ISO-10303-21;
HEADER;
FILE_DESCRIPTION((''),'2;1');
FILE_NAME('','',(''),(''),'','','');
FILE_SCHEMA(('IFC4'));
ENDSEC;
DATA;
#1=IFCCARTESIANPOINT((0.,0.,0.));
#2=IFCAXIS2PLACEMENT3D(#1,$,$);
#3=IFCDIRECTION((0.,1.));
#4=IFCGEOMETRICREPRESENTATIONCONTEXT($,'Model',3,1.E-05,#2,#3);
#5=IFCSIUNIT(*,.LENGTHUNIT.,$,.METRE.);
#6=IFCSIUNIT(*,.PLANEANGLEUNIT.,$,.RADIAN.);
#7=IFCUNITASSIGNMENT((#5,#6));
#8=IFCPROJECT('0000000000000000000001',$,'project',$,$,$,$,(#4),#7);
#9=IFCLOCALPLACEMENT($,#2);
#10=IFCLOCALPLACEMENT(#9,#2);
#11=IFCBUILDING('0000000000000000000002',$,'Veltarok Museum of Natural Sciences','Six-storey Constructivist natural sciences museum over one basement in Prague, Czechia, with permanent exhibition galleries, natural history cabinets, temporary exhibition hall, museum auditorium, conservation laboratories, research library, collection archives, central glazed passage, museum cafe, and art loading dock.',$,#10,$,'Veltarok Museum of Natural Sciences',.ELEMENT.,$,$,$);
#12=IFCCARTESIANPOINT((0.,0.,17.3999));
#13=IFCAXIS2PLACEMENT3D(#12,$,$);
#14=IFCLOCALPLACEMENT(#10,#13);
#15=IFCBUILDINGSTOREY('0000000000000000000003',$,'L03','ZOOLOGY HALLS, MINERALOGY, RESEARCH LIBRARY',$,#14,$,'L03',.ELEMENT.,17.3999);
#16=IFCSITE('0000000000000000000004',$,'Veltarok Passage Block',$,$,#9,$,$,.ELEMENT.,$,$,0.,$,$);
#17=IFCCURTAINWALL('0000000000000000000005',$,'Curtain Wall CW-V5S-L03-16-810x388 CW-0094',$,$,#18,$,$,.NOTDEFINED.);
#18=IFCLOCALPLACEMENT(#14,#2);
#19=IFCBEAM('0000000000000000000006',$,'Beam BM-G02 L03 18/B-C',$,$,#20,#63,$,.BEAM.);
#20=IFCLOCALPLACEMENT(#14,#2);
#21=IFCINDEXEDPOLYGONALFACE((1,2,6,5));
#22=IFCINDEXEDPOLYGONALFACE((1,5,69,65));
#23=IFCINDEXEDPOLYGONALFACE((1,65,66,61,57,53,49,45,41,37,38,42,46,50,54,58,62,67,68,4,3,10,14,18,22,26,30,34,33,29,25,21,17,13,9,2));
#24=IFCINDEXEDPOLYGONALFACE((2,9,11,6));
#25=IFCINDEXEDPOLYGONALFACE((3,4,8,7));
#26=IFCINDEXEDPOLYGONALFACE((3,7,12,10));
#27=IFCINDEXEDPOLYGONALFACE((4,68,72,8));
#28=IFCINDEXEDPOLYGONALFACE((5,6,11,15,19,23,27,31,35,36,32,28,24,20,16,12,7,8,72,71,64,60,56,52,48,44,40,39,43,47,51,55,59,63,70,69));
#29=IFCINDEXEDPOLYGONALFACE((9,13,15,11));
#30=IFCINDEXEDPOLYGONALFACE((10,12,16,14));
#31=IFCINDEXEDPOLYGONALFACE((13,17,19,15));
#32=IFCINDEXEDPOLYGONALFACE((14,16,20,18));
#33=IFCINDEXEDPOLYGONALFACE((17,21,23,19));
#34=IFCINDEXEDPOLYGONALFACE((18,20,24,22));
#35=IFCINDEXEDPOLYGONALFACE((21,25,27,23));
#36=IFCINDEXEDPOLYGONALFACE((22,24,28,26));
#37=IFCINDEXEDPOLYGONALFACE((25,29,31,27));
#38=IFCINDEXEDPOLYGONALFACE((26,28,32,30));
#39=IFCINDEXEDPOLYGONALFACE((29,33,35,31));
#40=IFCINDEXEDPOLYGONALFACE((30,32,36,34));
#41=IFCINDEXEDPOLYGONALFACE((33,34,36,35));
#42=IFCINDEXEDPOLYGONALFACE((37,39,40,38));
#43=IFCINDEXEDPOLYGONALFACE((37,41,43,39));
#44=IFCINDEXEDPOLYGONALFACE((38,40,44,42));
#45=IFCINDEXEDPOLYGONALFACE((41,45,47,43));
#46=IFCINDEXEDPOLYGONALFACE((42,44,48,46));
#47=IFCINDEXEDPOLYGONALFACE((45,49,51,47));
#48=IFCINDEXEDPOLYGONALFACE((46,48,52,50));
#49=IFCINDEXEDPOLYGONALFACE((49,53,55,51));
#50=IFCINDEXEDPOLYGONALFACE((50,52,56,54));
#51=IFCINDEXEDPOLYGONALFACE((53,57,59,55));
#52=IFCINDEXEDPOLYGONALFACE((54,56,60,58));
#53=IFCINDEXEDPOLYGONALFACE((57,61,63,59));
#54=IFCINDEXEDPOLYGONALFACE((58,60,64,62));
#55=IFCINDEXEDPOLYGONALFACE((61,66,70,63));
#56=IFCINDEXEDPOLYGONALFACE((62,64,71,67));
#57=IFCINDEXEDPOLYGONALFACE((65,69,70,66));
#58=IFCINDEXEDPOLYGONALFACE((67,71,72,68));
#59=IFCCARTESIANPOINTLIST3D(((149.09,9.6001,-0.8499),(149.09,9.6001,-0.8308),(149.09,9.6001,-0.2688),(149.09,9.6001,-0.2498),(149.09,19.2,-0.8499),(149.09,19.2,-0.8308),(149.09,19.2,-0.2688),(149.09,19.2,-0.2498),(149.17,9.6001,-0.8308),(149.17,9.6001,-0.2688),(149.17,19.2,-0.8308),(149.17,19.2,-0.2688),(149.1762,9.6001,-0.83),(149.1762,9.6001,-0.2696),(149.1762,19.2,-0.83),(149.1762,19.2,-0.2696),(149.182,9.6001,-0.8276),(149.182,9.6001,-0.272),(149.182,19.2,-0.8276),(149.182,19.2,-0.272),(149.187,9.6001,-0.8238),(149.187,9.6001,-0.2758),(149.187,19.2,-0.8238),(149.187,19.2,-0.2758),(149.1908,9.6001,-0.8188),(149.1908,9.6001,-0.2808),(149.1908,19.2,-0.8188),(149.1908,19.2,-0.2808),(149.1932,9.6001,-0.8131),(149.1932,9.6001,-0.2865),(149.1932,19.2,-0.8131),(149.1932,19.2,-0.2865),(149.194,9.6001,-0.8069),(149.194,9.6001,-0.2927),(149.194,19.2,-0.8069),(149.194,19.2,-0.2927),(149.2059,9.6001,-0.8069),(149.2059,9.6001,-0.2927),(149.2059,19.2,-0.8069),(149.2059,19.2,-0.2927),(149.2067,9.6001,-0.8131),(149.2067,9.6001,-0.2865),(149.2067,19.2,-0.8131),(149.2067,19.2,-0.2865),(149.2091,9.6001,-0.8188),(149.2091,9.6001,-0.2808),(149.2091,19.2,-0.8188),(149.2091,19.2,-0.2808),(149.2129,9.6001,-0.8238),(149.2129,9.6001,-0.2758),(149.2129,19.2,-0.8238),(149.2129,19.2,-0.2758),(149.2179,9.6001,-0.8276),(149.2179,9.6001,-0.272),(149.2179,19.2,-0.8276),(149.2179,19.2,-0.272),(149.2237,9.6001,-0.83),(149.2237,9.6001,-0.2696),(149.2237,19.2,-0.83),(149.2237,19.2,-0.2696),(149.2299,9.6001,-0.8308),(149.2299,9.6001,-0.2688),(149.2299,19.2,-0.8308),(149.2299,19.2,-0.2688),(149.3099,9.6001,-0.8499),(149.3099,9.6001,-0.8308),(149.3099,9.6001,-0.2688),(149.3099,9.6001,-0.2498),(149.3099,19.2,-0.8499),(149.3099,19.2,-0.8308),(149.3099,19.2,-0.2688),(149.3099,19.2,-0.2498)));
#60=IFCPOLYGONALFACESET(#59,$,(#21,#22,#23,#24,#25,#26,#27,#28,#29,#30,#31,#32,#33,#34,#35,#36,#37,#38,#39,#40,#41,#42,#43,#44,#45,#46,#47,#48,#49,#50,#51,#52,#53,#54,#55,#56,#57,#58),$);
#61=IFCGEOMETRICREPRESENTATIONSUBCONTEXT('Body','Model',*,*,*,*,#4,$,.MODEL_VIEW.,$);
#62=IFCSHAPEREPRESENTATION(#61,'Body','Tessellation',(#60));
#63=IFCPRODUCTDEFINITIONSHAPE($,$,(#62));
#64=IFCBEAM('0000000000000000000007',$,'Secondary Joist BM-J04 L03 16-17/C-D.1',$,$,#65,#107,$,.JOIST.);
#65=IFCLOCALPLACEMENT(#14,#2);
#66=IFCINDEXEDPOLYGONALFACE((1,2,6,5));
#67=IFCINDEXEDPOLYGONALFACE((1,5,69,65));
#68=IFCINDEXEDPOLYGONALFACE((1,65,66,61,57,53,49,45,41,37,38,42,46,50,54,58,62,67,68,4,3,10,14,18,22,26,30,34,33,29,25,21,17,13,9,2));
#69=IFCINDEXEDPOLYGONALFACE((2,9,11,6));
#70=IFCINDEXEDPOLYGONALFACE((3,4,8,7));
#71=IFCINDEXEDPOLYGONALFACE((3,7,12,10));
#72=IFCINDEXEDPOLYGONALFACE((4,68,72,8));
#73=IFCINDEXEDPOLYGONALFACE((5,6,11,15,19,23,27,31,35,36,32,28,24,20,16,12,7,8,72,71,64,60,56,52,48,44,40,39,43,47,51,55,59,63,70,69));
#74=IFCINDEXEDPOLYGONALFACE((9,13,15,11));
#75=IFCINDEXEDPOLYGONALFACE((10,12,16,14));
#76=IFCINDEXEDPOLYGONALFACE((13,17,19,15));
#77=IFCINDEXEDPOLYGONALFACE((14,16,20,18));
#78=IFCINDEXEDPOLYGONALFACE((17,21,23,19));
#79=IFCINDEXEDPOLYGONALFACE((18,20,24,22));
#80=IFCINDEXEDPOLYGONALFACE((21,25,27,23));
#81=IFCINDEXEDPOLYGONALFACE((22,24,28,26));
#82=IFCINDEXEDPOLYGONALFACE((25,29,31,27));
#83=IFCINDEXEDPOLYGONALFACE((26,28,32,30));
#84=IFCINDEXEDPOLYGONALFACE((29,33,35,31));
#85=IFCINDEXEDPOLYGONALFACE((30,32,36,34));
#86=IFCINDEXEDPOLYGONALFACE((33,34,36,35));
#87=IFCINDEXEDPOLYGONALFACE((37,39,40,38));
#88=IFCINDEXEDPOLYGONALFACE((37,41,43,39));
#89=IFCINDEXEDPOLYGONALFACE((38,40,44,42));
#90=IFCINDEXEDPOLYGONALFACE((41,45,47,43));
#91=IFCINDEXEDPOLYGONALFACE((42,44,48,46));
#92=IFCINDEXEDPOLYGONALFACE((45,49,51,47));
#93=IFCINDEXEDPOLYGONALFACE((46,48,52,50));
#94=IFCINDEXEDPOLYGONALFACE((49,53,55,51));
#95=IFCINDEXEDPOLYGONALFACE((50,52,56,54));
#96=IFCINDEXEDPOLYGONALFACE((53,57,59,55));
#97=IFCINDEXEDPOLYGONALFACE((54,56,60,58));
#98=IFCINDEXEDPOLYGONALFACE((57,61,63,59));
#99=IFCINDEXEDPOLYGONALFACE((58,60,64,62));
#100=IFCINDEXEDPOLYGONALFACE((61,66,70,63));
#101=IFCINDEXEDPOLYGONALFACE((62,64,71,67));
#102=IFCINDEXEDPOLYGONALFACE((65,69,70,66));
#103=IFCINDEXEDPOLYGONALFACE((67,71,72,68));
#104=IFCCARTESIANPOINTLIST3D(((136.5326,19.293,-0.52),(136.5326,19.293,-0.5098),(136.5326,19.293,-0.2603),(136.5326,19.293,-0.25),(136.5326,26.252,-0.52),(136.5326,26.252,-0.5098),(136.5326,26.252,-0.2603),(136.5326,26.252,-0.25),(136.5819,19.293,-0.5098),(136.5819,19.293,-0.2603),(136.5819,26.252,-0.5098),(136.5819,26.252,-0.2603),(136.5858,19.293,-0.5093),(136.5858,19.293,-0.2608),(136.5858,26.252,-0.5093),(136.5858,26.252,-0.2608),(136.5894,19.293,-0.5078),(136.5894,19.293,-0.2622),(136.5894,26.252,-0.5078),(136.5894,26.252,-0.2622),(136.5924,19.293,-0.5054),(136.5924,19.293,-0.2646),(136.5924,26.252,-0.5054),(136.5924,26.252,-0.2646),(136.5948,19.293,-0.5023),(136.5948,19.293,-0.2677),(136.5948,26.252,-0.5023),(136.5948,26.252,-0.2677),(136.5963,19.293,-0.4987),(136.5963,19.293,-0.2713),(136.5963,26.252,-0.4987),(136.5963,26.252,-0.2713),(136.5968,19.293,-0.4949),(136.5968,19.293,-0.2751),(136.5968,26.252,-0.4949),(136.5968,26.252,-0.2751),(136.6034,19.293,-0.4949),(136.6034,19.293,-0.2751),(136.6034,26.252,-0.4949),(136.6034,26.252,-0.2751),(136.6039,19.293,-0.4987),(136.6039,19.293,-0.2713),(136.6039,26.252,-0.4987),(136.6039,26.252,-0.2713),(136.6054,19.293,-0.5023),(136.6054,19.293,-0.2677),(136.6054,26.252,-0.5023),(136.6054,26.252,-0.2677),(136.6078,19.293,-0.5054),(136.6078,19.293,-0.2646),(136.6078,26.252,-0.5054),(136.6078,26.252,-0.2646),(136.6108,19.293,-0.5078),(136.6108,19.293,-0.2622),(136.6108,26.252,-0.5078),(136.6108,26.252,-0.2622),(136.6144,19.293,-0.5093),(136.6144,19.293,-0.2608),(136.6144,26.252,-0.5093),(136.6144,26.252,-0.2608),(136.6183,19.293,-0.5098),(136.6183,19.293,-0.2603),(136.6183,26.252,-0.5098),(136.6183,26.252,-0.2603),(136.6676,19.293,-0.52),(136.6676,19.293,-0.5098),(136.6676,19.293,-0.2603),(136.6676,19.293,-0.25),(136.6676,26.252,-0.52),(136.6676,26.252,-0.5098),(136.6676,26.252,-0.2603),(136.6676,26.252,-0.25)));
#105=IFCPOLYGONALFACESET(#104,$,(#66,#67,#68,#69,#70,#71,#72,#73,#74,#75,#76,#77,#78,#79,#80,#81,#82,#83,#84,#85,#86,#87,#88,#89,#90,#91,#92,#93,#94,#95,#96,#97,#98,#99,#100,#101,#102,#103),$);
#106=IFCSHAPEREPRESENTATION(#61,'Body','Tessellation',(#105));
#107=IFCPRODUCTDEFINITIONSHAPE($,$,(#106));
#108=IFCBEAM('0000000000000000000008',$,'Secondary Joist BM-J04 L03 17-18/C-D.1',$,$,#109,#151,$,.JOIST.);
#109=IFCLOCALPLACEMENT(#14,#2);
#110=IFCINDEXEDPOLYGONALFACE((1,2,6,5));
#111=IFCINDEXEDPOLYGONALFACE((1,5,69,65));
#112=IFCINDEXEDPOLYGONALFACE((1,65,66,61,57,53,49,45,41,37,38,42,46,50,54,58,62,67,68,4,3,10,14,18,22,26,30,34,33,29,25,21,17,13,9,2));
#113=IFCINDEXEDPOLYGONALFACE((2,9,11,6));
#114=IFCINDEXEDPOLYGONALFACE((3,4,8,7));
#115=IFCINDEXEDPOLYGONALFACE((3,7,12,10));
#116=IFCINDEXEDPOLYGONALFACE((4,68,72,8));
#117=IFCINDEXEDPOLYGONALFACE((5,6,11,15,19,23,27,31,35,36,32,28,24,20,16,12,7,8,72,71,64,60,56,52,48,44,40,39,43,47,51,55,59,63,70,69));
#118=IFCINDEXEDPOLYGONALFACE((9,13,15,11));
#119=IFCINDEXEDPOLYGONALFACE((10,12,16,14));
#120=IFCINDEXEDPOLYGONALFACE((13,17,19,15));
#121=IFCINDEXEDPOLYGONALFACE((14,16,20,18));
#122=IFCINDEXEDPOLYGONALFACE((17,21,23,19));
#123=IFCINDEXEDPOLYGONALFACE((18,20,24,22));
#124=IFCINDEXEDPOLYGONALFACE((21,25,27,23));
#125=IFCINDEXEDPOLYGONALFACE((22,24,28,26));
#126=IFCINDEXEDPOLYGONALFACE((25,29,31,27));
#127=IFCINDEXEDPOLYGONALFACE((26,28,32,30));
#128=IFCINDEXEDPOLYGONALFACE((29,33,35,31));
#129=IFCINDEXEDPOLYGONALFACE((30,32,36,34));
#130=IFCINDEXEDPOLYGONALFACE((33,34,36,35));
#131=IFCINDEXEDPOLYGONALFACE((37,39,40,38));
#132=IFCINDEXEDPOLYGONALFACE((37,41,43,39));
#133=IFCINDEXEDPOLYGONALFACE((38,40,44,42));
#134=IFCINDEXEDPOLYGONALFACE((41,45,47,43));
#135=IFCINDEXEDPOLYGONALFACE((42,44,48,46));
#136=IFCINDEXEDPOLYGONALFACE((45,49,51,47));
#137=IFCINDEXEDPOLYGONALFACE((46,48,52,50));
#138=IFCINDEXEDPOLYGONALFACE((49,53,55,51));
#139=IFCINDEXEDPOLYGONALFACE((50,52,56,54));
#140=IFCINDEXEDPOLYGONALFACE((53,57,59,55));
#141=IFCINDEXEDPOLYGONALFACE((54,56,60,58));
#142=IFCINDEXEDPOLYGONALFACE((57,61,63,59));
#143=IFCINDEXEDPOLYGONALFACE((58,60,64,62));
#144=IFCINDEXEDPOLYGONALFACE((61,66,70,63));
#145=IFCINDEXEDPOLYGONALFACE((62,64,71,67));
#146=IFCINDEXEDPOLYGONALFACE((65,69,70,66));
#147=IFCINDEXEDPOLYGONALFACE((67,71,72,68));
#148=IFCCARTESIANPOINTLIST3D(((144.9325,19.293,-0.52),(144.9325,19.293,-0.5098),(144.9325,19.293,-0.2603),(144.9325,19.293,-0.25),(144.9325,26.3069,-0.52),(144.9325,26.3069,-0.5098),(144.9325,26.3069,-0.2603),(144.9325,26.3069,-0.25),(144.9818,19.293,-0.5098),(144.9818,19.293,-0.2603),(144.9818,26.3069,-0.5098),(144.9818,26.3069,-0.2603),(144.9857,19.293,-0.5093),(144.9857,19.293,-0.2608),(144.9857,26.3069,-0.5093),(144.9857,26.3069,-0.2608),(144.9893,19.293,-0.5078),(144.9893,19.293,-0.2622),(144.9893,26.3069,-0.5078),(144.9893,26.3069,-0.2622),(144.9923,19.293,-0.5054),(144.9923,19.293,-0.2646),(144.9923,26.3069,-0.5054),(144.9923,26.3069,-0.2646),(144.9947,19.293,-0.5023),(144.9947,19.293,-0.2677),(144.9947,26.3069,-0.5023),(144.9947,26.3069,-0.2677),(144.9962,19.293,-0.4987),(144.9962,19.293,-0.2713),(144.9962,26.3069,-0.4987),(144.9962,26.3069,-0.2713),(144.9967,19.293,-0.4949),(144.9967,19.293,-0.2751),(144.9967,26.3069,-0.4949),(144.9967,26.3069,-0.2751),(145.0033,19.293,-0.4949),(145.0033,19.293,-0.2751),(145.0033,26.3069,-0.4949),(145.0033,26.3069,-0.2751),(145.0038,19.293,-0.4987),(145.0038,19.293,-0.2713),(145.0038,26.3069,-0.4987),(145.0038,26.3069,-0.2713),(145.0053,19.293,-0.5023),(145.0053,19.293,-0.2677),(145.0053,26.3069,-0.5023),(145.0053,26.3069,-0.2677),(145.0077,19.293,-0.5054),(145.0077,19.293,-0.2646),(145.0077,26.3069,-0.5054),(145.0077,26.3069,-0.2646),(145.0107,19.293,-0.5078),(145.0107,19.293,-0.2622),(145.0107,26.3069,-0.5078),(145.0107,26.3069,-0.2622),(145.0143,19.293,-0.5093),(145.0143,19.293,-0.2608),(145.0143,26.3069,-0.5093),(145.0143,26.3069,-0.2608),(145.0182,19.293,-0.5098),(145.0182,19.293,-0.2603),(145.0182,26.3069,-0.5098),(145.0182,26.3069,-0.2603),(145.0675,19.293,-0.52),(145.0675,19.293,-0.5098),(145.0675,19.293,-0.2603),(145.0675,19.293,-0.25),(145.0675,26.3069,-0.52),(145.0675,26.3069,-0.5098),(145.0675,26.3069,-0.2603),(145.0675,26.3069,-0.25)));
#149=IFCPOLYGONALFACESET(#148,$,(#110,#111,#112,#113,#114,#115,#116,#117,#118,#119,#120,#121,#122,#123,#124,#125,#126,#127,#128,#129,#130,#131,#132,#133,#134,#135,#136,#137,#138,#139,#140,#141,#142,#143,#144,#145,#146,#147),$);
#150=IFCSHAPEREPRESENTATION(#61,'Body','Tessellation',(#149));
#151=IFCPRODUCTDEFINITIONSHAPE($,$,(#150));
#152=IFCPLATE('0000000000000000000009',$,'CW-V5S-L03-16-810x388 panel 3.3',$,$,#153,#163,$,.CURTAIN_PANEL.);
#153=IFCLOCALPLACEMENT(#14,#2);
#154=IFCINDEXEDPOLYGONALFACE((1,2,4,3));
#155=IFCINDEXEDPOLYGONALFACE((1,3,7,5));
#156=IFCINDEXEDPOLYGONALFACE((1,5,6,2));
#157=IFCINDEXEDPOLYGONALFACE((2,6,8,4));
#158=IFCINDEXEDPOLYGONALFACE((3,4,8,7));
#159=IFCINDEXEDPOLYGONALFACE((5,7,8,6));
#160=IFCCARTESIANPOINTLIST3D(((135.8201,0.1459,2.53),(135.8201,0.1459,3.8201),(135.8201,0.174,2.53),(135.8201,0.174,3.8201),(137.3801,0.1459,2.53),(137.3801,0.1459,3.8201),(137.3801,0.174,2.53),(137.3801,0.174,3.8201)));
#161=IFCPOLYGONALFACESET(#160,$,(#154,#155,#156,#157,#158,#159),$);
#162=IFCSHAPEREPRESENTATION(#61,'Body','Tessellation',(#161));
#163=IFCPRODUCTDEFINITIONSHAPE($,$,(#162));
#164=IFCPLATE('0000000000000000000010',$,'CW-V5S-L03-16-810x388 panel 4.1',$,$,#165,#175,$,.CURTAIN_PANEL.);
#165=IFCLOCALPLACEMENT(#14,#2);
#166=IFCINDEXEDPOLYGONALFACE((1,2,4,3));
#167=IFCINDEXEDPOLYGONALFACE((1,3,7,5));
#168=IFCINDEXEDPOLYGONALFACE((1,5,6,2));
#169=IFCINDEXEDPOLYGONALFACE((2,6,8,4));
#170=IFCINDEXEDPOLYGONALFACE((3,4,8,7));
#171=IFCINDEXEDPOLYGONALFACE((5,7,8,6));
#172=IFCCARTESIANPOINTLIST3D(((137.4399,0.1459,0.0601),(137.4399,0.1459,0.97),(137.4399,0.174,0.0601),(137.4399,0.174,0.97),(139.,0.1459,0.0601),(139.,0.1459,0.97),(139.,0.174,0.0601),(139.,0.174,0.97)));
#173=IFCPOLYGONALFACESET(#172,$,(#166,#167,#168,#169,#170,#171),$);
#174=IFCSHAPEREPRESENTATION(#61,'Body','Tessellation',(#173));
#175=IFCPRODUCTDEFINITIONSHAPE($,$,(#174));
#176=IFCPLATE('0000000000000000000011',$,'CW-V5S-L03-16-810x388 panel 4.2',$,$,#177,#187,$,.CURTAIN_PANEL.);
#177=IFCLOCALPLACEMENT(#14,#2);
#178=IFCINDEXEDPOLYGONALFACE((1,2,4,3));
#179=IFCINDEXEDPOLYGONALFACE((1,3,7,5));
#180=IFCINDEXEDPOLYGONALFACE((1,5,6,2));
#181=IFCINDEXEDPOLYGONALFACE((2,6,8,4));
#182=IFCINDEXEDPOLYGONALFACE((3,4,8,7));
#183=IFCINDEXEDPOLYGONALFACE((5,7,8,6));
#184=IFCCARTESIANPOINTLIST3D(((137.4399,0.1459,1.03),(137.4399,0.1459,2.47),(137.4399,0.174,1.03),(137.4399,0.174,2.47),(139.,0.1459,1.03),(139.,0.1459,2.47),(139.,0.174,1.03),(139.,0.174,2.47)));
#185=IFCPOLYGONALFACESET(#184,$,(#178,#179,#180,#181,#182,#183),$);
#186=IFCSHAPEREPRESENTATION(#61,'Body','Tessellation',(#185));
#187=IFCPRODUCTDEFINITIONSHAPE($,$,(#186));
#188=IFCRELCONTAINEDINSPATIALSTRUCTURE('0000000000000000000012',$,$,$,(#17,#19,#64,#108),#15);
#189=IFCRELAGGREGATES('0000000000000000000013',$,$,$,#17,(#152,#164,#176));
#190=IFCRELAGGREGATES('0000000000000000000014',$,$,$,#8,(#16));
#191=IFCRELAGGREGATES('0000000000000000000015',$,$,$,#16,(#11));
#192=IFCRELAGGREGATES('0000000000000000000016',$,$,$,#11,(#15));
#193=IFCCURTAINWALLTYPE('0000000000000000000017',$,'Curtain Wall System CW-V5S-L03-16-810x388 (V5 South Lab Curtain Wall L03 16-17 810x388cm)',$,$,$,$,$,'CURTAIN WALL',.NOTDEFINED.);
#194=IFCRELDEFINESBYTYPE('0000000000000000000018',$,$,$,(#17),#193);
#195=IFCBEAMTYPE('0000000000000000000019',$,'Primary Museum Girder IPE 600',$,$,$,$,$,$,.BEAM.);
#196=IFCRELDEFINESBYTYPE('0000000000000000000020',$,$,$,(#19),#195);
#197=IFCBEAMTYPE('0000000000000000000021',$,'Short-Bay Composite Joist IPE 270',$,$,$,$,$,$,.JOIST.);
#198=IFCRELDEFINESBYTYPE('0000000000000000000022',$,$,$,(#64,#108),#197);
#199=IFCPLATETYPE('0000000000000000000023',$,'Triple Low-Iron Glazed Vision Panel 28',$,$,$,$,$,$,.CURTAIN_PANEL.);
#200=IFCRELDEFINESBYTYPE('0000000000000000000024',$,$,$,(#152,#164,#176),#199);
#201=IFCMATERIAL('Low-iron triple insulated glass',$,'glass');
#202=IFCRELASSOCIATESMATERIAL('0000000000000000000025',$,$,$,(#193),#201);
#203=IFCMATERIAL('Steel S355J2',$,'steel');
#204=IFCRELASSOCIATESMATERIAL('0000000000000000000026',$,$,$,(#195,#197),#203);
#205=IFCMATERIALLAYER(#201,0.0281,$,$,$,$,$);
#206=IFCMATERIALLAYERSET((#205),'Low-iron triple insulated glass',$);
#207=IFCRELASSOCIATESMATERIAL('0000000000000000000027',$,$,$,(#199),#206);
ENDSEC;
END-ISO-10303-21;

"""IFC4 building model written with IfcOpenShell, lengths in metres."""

from ifc_helpers import new_model, si_unit, direction, frame, origin, origin_2d, place, context, subcontext, project, spatial, rectangle, i_section, extrude, material, layer, layer_set, material_profile, profile_set, type_object, element, aggregate, save


model = new_model("IFC4")

# Units and contexts
model_context = context("Model", 3, precision=1e-05, world=origin(), true_north=direction((0.0, 1.0)))
body_context = subcontext(model_context, "Body", "Model", "MODEL_VIEW")
ifc_project = project(units=[si_unit("LENGTHUNIT", "METRE"), si_unit("PLANEANGLEUNIT", "RADIAN")], contexts=[model_context])

# Site, building, storey
site_placement = place(None, origin())
site = spatial("IfcSite", under=ifc_project, at=site_placement, Name="Veltarok Passage Block", CompositionType="ELEMENT", RefElevation=0.0)
building_placement = place(site_placement, origin())
building = spatial("IfcBuilding", under=site, at=building_placement, Name="Veltarok Museum of Natural Sciences", Description="Six-storey Constructivist natural sciences museum over one basement in Prague, Czechia, with permanent exhibition galleries, natural history cabinets, temporary exhibition hall, museum auditorium, conservation laboratories, research library, collection archives, central glazed passage, museum cafe, and art loading dock.", LongName="Veltarok Museum of Natural Sciences", CompositionType="ELEMENT")
storey_placement = place(building_placement, frame((0.0, 0.0, 17.3999)))
storey = spatial("IfcBuildingStorey", under=building, at=storey_placement, Name="L03", Description="ZOOLOGY HALLS, MINERALOGY, RESEARCH LIBRARY", LongName="L03", CompositionType="ELEMENT", Elevation=17.3999)

# Curtain wall
ifc_material_1 = material(Name="Low-iron triple insulated glass", Category="glass")
curtain_wall_type = type_object("IfcCurtainWallType", Name="Curtain Wall System CW-V5S-L03-16-810x388 (V5 South Lab Curtain Wall L03 16-17 810x388cm)", ElementType="CURTAIN WALL", PredefinedType="NOTDEFINED", material=ifc_material_1)
curtain_wall_placement = place(storey_placement, origin())
curtain_wall = element("IfcCurtainWall", 1, at=curtain_wall_placement, inside=storey, type_object=curtain_wall_type, Name="Curtain Wall CW-V5S-L03-16-810x388 CW-0094", PredefinedType="NOTDEFINED")

# Beams
ifc_material_2 = material(Name="Steel S355J2", Category="steel")
ifc_material_profile_1 = material_profile(ifc_material_2, i_section(OverallWidth=0.22, OverallDepth=0.6001, WebThickness=0.012, FlangeThickness=0.019, FilletRadius=0.0239, at=origin_2d()), Name="IPE 600")
ifc_profile_set_1 = profile_set([ifc_material_profile_1], Name="Steel S355J2")
beam_type_1 = type_object("IfcBeamType", Name="Primary Museum Girder IPE 600", PredefinedType="BEAM", material=ifc_profile_set_1)
for number, where, z_axis, x_axis, name in (
    (2, (149.2, 9.6001, -0.5498), (0.0, 1.0, 0.0), (-1.0, 0.0, 0.0), "Beam BM-G02 L03 18/B-C"),
):
    element("IfcBeam", number, at=place(storey_placement, frame(where, z_axis=z_axis, x_axis=x_axis)), inside=storey, type_object=beam_type_1, Name=name, PredefinedType="BEAM", context=body_context, shape_type="SweptSolid", body=[
        extrude(i_section(OverallWidth=0.22, OverallDepth=0.6001, WebThickness=0.012, FlangeThickness=0.019, FilletRadius=0.0239, at=origin_2d()), origin(), (0.0, 0.0, 1.0), 9.5999),
    ])
ifc_material_profile_2 = material_profile(ifc_material_2, i_section(OverallWidth=0.135, OverallDepth=0.27, WebThickness=0.0066, FlangeThickness=0.0103, FilletRadius=0.0149, at=origin_2d()), Name="IPE 270")
ifc_profile_set_2 = profile_set([ifc_material_profile_2], Name="Steel S355J2")
beam_type_2 = type_object("IfcBeamType", Name="Short-Bay Composite Joist IPE 270", PredefinedType="JOIST", material=ifc_profile_set_2)
beam_1_placement = place(storey_placement, frame((136.6001, 19.293, -0.385), z_axis=(0.0, 1.0, 0.0), x_axis=(-1.0, 0.0, 0.0)))
element("IfcBeam", 3, at=beam_1_placement, inside=storey, type_object=beam_type_2, Name="Secondary Joist BM-J04 L03 16-17/C-D.1", PredefinedType="JOIST", context=body_context, shape_type="SweptSolid", body=[
    extrude(i_section(OverallWidth=0.135, OverallDepth=0.27, WebThickness=0.0066, FlangeThickness=0.0103, FilletRadius=0.0149, at=origin_2d()), origin(), (0.0, 0.0, 1.0), 6.959),
])
beam_2_placement = place(storey_placement, frame((145.0, 19.293, -0.385), z_axis=(0.0, 1.0, 0.0), x_axis=(-1.0, 0.0, 0.0)))
element("IfcBeam", 4, at=beam_2_placement, inside=storey, type_object=beam_type_2, Name="Secondary Joist BM-J04 L03 17-18/C-D.1", PredefinedType="JOIST", context=body_context, shape_type="SweptSolid", body=[
    extrude(i_section(OverallWidth=0.135, OverallDepth=0.27, WebThickness=0.0066, FlangeThickness=0.0103, FilletRadius=0.0149, at=origin_2d()), origin(), (0.0, 0.0, 1.0), 7.0139),
])

# Plates
ifc_layer_1 = layer(ifc_material_1, 0.0281)
ifc_layer_set_1 = layer_set([ifc_layer_1], Name="Low-iron triple insulated glass")
plate_type = type_object("IfcPlateType", Name="Triple Low-Iron Glazed Vision Panel 28", PredefinedType="CURTAIN_PANEL", material=ifc_layer_set_1)
plate_1_placement = place(storey_placement, frame((136.6001, 0.1599, 2.53), z_axis=(0.0, 0.0, 1.0), x_axis=(1.0, 0.0, 0.0)))
plate_1 = element("IfcPlate", 5, at=plate_1_placement, type_object=plate_type, Name="CW-V5S-L03-16-810x388 panel 3.3", PredefinedType="CURTAIN_PANEL", context=body_context, shape_type="SweptSolid", body=[
    extrude(rectangle(XDim=1.5601, YDim=0.0281, at=origin_2d()), origin(), (0.0, 0.0, 1.0), 1.29),
])
plate_2_placement = place(storey_placement, frame((138.22, 0.1599, 0.0601), z_axis=(0.0, 0.0, 1.0), x_axis=(1.0, 0.0, 0.0)))
plate_2 = element("IfcPlate", 6, at=plate_2_placement, type_object=plate_type, Name="CW-V5S-L03-16-810x388 panel 4.1", PredefinedType="CURTAIN_PANEL", context=body_context, shape_type="SweptSolid", body=[
    extrude(rectangle(XDim=1.5601, YDim=0.0281, at=origin_2d()), origin(), (0.0, 0.0, 1.0), 0.9099),
])
plate_3_placement = place(storey_placement, frame((138.22, 0.1599, 1.03), z_axis=(0.0, 0.0, 1.0), x_axis=(1.0, 0.0, 0.0)))
plate_3 = element("IfcPlate", 7, at=plate_3_placement, type_object=plate_type, Name="CW-V5S-L03-16-810x388 panel 4.2", PredefinedType="CURTAIN_PANEL", context=body_context, shape_type="SweptSolid", body=[
    extrude(rectangle(XDim=1.5601, YDim=0.0281, at=origin_2d()), origin(), (0.0, 0.0, 1.0), 1.4399),
])
aggregate(curtain_wall, [plate_1, plate_2, plate_3])

save(model, "model.ifc")
